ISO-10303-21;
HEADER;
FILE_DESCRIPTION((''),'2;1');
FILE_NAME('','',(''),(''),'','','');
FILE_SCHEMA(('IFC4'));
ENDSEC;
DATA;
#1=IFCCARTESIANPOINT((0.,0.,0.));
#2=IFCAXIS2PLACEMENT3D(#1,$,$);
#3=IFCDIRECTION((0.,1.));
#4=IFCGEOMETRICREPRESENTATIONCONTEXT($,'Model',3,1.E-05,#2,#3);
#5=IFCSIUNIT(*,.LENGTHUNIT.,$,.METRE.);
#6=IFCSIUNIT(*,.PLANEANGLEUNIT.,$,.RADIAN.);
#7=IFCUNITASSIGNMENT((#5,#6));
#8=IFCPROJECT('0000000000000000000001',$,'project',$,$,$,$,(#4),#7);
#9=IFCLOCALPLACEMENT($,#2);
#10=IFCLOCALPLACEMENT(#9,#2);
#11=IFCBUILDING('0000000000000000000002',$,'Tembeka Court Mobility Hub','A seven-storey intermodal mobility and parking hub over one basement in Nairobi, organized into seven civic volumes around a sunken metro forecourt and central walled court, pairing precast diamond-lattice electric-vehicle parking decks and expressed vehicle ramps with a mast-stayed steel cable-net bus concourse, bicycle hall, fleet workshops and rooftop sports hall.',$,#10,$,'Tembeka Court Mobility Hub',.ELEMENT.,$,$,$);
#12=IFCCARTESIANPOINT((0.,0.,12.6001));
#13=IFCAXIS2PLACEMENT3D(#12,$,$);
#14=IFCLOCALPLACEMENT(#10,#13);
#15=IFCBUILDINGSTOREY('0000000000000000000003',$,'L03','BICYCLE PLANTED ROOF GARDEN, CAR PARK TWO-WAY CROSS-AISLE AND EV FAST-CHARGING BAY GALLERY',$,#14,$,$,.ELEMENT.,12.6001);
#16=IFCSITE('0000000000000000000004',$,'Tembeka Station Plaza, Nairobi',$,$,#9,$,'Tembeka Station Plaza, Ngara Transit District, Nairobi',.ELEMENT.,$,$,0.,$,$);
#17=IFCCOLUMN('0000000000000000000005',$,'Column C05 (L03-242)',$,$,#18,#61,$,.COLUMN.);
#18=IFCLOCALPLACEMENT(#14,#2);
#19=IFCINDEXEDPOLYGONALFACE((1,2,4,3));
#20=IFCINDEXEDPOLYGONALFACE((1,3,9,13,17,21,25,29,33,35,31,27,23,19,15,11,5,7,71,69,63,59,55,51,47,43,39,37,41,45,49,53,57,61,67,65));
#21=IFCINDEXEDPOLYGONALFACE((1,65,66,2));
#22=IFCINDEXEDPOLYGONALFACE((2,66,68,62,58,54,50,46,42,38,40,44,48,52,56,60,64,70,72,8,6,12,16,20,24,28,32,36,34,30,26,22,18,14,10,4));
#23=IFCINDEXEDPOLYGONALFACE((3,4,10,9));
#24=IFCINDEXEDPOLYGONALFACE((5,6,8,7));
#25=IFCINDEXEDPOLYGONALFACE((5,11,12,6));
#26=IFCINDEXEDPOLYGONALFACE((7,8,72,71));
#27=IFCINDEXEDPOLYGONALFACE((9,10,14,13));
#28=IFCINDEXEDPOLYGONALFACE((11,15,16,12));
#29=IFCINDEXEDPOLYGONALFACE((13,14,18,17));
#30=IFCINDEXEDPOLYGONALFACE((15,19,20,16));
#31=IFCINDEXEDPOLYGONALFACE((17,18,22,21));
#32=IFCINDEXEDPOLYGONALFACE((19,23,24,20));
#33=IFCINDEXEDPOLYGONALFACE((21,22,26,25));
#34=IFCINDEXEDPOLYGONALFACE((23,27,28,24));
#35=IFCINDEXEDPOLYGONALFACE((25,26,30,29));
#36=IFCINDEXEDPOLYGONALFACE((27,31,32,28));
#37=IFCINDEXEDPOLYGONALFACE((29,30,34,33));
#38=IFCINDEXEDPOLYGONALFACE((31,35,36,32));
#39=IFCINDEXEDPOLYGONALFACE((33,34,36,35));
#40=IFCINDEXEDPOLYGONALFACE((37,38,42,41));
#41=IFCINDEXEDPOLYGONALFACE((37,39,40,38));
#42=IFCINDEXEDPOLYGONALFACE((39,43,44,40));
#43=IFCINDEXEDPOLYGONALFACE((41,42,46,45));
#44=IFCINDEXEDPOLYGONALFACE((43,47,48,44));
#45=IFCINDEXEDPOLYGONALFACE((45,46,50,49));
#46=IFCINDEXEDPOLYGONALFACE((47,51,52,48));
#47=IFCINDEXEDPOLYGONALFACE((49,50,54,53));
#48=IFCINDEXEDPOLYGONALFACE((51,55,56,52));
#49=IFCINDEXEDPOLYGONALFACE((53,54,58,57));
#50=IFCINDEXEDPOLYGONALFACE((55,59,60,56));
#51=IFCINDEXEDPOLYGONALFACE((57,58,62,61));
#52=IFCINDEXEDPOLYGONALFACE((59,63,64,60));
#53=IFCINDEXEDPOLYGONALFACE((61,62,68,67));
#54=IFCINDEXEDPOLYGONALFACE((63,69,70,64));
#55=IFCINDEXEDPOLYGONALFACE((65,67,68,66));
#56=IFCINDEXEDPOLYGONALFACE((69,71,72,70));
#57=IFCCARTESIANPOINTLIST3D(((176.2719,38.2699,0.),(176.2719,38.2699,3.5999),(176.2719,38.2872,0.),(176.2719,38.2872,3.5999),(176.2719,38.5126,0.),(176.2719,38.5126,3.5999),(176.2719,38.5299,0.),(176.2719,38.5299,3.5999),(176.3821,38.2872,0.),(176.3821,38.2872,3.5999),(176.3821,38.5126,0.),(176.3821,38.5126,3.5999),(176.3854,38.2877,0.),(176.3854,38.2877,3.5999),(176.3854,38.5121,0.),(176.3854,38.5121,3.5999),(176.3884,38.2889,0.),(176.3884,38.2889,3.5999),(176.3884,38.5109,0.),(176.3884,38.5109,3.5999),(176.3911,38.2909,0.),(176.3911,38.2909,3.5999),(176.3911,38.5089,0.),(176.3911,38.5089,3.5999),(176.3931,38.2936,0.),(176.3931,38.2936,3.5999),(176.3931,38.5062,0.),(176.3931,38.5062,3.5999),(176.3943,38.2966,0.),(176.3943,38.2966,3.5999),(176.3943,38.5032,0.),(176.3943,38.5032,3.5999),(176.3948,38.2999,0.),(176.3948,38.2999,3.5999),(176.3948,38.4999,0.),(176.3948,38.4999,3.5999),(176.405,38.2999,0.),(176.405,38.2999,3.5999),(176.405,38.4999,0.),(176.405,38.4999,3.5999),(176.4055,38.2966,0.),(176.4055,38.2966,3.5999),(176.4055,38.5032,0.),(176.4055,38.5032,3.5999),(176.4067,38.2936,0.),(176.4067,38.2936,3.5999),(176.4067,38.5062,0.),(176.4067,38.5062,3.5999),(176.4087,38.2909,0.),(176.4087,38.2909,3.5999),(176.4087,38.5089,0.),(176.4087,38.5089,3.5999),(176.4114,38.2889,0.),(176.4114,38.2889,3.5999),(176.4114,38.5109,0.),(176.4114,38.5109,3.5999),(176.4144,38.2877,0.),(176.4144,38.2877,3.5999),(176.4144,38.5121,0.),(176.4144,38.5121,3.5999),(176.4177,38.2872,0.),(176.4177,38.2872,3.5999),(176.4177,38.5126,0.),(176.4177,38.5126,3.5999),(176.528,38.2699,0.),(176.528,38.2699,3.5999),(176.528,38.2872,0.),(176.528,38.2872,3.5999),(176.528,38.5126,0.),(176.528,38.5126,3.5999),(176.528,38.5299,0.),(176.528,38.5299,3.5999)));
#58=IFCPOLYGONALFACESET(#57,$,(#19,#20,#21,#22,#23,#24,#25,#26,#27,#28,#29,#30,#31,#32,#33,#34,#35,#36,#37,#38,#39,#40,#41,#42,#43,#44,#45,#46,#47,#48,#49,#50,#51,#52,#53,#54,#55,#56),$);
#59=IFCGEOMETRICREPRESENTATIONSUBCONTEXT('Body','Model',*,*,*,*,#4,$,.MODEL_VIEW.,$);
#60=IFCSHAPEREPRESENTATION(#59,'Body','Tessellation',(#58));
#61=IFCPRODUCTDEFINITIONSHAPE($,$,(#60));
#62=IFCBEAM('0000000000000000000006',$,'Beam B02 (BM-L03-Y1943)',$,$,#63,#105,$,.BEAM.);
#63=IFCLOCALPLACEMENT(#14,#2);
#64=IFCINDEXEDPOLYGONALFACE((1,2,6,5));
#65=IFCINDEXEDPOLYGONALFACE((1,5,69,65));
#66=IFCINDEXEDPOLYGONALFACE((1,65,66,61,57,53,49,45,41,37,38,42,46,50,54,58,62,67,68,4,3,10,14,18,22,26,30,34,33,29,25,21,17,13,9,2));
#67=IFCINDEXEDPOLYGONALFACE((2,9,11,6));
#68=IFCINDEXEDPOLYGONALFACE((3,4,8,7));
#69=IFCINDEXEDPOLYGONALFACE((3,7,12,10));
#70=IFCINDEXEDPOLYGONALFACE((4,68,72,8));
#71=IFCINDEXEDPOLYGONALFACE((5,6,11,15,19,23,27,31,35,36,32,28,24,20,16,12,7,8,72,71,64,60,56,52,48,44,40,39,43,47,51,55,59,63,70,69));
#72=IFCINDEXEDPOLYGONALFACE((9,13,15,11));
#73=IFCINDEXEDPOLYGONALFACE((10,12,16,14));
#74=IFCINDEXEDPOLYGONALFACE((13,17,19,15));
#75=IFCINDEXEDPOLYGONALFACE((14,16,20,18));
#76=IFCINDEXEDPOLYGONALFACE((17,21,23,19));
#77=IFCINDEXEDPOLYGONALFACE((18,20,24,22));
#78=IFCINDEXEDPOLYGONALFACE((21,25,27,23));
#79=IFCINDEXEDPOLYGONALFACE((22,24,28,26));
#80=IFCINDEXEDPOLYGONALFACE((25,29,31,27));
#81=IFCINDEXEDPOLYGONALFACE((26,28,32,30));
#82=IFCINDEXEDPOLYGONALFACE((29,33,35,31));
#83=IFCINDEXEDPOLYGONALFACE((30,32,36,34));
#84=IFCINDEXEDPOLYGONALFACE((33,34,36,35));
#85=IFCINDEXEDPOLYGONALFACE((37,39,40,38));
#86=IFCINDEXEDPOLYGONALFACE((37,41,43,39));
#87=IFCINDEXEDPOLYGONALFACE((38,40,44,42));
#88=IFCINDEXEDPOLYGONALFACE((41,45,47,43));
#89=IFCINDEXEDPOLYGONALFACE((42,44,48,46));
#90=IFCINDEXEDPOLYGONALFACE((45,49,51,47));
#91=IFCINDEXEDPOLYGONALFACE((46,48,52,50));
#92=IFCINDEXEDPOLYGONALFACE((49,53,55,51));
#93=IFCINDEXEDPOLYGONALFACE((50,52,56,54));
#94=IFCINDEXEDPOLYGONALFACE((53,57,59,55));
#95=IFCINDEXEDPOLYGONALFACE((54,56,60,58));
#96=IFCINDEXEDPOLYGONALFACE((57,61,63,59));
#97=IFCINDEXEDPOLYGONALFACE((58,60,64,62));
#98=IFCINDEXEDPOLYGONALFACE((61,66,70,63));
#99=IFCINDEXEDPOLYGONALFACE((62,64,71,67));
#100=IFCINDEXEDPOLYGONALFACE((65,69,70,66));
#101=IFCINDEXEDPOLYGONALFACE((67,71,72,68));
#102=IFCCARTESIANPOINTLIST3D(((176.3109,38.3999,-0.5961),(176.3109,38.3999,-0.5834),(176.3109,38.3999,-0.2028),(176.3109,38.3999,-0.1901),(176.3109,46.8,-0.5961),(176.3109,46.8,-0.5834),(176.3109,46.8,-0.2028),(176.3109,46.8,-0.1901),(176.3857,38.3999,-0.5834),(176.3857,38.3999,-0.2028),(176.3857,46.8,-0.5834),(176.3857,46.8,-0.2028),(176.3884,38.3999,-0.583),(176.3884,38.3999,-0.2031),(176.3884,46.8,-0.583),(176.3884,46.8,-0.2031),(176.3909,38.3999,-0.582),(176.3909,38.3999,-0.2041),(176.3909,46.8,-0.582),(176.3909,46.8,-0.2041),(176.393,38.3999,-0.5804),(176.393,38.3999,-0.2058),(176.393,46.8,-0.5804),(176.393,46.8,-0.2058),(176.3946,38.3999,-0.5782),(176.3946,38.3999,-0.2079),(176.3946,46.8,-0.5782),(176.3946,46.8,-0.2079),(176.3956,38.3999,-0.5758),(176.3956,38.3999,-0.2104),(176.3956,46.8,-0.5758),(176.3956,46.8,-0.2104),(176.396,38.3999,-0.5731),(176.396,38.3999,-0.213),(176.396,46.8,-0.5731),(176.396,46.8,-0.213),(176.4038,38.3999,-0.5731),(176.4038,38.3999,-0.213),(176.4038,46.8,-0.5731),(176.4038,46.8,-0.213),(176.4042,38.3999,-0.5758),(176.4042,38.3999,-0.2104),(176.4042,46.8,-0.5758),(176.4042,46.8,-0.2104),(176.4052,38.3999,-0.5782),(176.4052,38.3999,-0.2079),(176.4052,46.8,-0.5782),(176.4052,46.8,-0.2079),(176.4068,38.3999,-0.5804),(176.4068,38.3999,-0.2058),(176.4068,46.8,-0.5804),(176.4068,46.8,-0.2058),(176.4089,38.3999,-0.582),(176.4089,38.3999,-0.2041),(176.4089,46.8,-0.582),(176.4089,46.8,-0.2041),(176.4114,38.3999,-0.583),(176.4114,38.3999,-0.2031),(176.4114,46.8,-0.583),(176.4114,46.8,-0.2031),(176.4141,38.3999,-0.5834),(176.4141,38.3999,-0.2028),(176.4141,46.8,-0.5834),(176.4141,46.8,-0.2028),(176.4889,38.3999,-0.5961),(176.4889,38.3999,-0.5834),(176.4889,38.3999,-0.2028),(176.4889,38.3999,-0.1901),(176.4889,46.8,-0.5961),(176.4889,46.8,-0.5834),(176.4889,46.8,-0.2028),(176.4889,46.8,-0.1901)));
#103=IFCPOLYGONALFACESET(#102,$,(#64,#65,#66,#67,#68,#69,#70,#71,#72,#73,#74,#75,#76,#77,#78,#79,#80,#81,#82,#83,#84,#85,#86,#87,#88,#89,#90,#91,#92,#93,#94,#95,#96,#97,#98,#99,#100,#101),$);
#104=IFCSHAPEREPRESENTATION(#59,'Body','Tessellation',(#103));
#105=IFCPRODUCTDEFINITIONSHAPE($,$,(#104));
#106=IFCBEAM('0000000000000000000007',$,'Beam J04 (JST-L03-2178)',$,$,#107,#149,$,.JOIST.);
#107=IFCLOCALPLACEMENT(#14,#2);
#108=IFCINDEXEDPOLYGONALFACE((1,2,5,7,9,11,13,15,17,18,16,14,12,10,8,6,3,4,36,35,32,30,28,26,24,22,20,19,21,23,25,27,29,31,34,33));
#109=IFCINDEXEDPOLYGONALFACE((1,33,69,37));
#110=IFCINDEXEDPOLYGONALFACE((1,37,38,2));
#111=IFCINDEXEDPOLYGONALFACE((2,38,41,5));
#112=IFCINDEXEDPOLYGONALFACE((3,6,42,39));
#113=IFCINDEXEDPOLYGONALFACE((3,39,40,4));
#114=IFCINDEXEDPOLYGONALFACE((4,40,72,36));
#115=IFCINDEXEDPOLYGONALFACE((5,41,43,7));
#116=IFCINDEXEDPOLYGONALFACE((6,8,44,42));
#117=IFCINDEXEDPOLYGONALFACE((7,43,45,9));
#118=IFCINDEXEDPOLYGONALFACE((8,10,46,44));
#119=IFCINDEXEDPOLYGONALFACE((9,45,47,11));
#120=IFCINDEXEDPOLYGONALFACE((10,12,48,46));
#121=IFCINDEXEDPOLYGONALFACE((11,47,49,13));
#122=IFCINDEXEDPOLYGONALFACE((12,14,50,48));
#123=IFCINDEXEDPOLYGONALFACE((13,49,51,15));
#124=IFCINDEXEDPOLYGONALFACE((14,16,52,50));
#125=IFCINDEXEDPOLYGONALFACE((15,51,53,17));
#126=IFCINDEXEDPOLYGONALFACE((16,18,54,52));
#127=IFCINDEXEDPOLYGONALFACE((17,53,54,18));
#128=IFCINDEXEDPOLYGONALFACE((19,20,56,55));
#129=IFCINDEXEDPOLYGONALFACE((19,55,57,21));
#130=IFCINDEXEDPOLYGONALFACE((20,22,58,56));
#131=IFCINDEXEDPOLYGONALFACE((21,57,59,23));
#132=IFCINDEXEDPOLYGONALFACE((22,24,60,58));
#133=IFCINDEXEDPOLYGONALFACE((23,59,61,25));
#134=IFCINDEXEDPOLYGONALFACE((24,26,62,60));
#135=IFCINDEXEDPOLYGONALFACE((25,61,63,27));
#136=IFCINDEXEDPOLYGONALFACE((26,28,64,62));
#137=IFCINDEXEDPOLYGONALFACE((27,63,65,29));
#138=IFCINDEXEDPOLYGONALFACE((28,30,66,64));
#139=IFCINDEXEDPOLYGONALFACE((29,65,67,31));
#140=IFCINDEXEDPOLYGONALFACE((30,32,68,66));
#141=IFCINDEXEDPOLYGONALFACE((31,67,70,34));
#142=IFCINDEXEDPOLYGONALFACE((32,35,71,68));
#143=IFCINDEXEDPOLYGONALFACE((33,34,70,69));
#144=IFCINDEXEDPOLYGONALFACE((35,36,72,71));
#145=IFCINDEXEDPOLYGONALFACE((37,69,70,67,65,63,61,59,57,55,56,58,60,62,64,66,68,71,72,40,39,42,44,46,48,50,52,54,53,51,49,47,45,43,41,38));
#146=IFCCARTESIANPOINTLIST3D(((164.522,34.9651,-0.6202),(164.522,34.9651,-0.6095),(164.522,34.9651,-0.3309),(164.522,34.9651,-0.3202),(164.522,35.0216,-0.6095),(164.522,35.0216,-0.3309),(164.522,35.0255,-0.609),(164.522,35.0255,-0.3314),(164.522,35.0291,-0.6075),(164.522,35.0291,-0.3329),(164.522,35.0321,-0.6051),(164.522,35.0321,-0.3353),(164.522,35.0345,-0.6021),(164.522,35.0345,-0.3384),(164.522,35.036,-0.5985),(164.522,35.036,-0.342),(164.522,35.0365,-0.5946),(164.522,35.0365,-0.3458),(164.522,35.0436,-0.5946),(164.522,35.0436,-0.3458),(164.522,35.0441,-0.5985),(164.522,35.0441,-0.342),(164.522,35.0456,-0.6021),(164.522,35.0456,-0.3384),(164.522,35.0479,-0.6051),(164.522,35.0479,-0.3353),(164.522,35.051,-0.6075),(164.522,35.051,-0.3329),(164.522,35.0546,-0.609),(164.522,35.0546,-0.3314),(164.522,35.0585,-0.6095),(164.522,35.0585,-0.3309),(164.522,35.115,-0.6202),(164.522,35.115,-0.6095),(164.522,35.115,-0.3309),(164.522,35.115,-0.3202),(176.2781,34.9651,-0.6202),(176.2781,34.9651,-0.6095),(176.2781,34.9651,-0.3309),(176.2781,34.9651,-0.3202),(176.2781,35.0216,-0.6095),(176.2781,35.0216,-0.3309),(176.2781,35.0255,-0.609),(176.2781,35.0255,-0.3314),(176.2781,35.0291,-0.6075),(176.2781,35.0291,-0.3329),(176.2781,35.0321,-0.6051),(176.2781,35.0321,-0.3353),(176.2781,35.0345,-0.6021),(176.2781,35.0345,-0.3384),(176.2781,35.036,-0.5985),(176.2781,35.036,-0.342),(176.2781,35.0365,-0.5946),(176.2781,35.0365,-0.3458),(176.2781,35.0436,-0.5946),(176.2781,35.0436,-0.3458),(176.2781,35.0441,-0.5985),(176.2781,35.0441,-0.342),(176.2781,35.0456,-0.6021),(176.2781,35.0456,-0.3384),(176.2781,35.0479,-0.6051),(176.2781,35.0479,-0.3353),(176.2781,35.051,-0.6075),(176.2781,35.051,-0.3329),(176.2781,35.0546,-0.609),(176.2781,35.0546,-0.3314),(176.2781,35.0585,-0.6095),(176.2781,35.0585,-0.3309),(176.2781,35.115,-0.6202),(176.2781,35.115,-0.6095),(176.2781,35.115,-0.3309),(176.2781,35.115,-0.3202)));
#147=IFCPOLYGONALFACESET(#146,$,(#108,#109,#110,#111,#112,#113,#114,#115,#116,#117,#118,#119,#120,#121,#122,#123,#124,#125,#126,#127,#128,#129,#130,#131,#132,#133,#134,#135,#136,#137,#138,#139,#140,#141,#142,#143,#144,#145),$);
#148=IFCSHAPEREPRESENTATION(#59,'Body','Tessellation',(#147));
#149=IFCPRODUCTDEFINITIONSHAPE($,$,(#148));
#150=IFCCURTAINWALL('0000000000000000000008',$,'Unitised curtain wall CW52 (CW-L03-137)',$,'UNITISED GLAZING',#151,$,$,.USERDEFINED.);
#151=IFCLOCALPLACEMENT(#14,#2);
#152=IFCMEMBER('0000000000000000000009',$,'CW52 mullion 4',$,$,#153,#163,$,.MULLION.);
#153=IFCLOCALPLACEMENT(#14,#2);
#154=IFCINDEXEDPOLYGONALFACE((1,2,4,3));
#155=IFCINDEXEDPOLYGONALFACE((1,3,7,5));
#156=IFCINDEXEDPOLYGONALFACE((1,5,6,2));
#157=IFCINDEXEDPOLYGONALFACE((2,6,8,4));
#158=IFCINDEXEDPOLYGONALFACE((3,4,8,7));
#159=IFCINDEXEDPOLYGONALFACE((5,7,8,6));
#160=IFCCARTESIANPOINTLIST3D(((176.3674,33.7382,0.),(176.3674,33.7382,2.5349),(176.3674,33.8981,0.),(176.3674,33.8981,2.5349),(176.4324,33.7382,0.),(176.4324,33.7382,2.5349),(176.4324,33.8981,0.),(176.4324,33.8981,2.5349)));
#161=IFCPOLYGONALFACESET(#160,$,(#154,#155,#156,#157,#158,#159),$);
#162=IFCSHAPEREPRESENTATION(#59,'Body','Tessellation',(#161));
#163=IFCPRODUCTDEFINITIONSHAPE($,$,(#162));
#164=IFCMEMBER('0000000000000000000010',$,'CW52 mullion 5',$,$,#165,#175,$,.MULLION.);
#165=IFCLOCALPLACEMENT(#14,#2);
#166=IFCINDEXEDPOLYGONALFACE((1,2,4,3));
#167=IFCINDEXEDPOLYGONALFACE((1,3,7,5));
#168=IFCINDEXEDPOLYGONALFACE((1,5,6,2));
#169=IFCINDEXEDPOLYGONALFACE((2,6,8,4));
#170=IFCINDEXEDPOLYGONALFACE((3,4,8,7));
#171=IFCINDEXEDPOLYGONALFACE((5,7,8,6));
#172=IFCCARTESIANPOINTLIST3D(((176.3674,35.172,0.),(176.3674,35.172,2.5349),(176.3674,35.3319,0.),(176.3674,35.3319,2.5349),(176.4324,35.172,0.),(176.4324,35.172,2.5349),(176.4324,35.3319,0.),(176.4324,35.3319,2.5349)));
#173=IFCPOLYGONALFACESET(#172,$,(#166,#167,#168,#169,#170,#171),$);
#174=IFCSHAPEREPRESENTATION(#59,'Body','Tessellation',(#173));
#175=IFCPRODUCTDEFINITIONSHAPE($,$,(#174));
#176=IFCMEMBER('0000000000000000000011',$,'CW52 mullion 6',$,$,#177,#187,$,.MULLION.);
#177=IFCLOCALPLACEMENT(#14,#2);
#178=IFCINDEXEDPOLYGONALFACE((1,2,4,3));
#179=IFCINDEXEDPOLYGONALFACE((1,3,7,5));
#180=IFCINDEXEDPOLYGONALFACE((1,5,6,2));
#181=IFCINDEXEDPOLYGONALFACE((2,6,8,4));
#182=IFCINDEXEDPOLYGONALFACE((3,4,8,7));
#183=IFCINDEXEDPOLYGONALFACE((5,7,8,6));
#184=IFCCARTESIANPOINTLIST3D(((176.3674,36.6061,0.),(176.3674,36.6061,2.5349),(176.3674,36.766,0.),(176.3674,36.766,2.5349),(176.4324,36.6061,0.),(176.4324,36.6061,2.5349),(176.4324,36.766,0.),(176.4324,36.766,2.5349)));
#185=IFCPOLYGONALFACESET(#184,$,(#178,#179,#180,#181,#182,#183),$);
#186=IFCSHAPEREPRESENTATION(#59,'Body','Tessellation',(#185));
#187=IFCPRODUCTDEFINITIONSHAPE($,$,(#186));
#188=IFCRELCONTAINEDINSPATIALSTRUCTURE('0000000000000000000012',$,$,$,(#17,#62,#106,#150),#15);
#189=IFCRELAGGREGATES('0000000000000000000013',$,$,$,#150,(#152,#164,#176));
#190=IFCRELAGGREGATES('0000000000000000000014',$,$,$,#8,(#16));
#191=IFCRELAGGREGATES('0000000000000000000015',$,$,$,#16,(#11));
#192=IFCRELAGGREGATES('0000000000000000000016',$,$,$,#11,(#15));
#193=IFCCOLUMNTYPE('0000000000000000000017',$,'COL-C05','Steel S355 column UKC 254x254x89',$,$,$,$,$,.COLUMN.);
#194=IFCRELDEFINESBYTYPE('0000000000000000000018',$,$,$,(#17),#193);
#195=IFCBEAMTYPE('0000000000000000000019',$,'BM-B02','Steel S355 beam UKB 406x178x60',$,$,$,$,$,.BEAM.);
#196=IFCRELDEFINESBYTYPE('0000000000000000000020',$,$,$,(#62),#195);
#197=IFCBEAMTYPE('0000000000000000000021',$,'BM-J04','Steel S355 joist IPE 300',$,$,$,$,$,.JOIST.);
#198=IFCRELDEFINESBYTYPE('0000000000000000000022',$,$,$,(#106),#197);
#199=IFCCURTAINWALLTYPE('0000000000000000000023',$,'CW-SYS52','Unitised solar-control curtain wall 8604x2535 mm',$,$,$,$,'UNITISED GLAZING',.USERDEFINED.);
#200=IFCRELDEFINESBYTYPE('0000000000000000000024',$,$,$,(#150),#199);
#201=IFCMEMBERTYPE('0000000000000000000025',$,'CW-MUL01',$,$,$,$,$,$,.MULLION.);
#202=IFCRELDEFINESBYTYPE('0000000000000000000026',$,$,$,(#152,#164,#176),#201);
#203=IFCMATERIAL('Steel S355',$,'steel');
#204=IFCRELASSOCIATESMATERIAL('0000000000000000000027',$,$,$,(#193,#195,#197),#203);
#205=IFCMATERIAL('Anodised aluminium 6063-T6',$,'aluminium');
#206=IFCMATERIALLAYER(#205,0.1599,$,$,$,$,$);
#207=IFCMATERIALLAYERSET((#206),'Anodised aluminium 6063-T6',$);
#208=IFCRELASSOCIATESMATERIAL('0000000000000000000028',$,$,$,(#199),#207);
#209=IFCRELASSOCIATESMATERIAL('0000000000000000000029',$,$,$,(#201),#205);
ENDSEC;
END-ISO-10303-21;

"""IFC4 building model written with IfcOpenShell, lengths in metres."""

from ifc_helpers import new_model, si_unit, direction, frame, origin, origin_2d, place, context, subcontext, project, spatial, rectangle, i_section, extrude, material, layer, layer_set, material_profile, profile_set, type_object, element, aggregate, save


model = new_model("IFC4")

# Units and contexts
model_context = context("Model", 3, precision=1e-05, world=origin(), true_north=direction((0.0, 1.0)))
body_context = subcontext(model_context, "Body", "Model", "MODEL_VIEW")
ifc_project = project(units=[si_unit("LENGTHUNIT", "METRE"), si_unit("PLANEANGLEUNIT", "RADIAN")], contexts=[model_context])

# Site, building, storey
site_placement = place(None, origin())
site = spatial("IfcSite", under=ifc_project, at=site_placement, Name="Tembeka Station Plaza, Nairobi", LongName="Tembeka Station Plaza, Ngara Transit District, Nairobi", CompositionType="ELEMENT", RefElevation=0.0)
building_placement = place(site_placement, origin())
building = spatial("IfcBuilding", under=site, at=building_placement, Name="Tembeka Court Mobility Hub", Description="A seven-storey intermodal mobility and parking hub over one basement in Nairobi, organized into seven civic volumes around a sunken metro forecourt and central walled court, pairing precast diamond-lattice electric-vehicle parking decks and expressed vehicle ramps with a mast-stayed steel cable-net bus concourse, bicycle hall, fleet workshops and rooftop sports hall.", LongName="Tembeka Court Mobility Hub", CompositionType="ELEMENT")
storey_placement = place(building_placement, frame((0.0, 0.0, 12.6001)))
storey = spatial("IfcBuildingStorey", under=building, at=storey_placement, Name="L03", Description="BICYCLE PLANTED ROOF GARDEN, CAR PARK TWO-WAY CROSS-AISLE AND EV FAST-CHARGING BAY GALLERY", CompositionType="ELEMENT", Elevation=12.6001)

# Column
ifc_material_1 = material(Name="Steel S355", Category="steel")
ifc_material_profile_1 = material_profile(ifc_material_1, i_section(OverallWidth=0.2561, OverallDepth=0.26, WebThickness=0.0103, FlangeThickness=0.0173, FilletRadius=0.0127, at=origin_2d()), Name="UKC 254x254x89")
ifc_profile_set_1 = profile_set([ifc_material_profile_1], Name="Steel S355")
column_type = type_object("IfcColumnType", Name="COL-C05", Description="Steel S355 column UKC 254x254x89", PredefinedType="COLUMN", material=ifc_profile_set_1)
column_placement = place(storey_placement, frame((176.3999, 38.3999, 0.0), z_axis=(0.0, 0.0, 1.0), x_axis=(1.0, 0.0, 0.0)))
element("IfcColumn", 1, at=column_placement, inside=storey, type_object=column_type, Name="Column C05 (L03-242)", PredefinedType="COLUMN", context=body_context, shape_type="SweptSolid", body=[
    extrude(i_section(OverallWidth=0.2561, OverallDepth=0.26, WebThickness=0.0103, FlangeThickness=0.0173, FilletRadius=0.0127, at=origin_2d()), origin(), (0.0, 0.0, 1.0), 3.5999),
])

# Beams
ifc_material_profile_2 = material_profile(ifc_material_1, i_section(OverallWidth=0.178, OverallDepth=0.406, WebThickness=0.0078, FlangeThickness=0.0127, FilletRadius=0.0103, at=origin_2d()), Name="UKB 406x178x60")
ifc_profile_set_2 = profile_set([ifc_material_profile_2], Name="Steel S355")
beam_type_1 = type_object("IfcBeamType", Name="BM-B02", Description="Steel S355 beam UKB 406x178x60", PredefinedType="BEAM", material=ifc_profile_set_2)
beam_1_placement = place(storey_placement, frame((176.3999, 38.3999, -0.3931), z_axis=(0.0, 1.0, 0.0), x_axis=(-1.0, 0.0, 0.0)))
element("IfcBeam", 2, at=beam_1_placement, inside=storey, type_object=beam_type_1, Name="Beam B02 (BM-L03-Y1943)", PredefinedType="BEAM", context=body_context, shape_type="SweptSolid", body=[
    extrude(i_section(OverallWidth=0.178, OverallDepth=0.406, WebThickness=0.0078, FlangeThickness=0.0127, FilletRadius=0.0103, at=origin_2d()), origin(), (0.0, 0.0, 1.0), 8.4001),
])
ifc_material_profile_3 = material_profile(ifc_material_1, i_section(OverallWidth=0.1499, OverallDepth=0.3, WebThickness=0.0071, FlangeThickness=0.0107, FilletRadius=0.0149, at=origin_2d()), Name="IPE 300")
ifc_profile_set_3 = profile_set([ifc_material_profile_3], Name="Steel S355")
beam_type_2 = type_object("IfcBeamType", Name="BM-J04", Description="Steel S355 joist IPE 300", PredefinedType="JOIST", material=ifc_profile_set_3)
beam_2_placement = place(storey_placement, frame((164.522, 35.04, -0.4702), z_axis=(1.0, 0.0, 0.0), x_axis=(0.0, 1.0, 0.0)))
element("IfcBeam", 3, at=beam_2_placement, inside=storey, type_object=beam_type_2, Name="Beam J04 (JST-L03-2178)", PredefinedType="JOIST", context=body_context, shape_type="SweptSolid", body=[
    extrude(i_section(OverallWidth=0.1499, OverallDepth=0.3, WebThickness=0.0071, FlangeThickness=0.0107, FilletRadius=0.0149, at=origin_2d()), origin(), (0.0, 0.0, 1.0), 11.7561),
])

# Curtain wall, members
ifc_material_2 = material(Name="Anodised aluminium 6063-T6", Category="aluminium")
ifc_layer_1 = layer(ifc_material_2, 0.1599)
ifc_layer_set_1 = layer_set([ifc_layer_1], Name="Anodised aluminium 6063-T6")
curtain_wall_type_1 = type_object("IfcCurtainWallType", Name="CW-SYS52", Description="Unitised solar-control curtain wall 8604x2535 mm", ElementType="UNITISED GLAZING", PredefinedType="USERDEFINED", material=ifc_layer_set_1)
curtain_wall_1_placement = place(storey_placement, origin())
curtain_wall_1 = element("IfcCurtainWall", 4, at=curtain_wall_1_placement, inside=storey, type_object=curtain_wall_type_1, Name="Unitised curtain wall CW52 (CW-L03-137)", ObjectType="UNITISED GLAZING", PredefinedType="USERDEFINED")
ifc_material_profile_4 = material_profile(ifc_material_2, rectangle(XDim=0.0649, YDim=0.1599, at=origin_2d()), Name="ALU-MUL 65x160")
ifc_profile_set_4 = profile_set([ifc_material_profile_4], Name="Anodised aluminium 6063-T6")
member_type_1 = type_object("IfcMemberType", Name="CW-MUL01", PredefinedType="MULLION", material=ifc_profile_set_4)
member_1_placement = place(storey_placement, frame((176.3999, 33.8181, 0.0), z_axis=(0.0, 0.0, 1.0), x_axis=(-1.0, 0.0, 0.0)))
member_1 = element("IfcMember", 5, at=member_1_placement, type_object=member_type_1, Name="CW52 mullion 4", PredefinedType="MULLION", context=body_context, shape_type="SweptSolid", body=[
    extrude(rectangle(XDim=0.0649, YDim=0.1599, at=origin_2d()), origin(), (0.0, 0.0, 1.0), 2.5349),
])
member_2_placement = place(storey_placement, frame((176.3999, 35.252, 0.0), z_axis=(0.0, 0.0, 1.0), x_axis=(-1.0, 0.0, 0.0)))
member_2 = element("IfcMember", 6, at=member_2_placement, type_object=member_type_1, Name="CW52 mullion 5", PredefinedType="MULLION", context=body_context, shape_type="SweptSolid", body=[
    extrude(rectangle(XDim=0.0649, YDim=0.1599, at=origin_2d()), origin(), (0.0, 0.0, 1.0), 2.5349),
])
member_3_placement = place(storey_placement, frame((176.3999, 36.686, 0.0), z_axis=(0.0, 0.0, 1.0), x_axis=(-1.0, 0.0, 0.0)))
member_3 = element("IfcMember", 7, at=member_3_placement, type_object=member_type_1, Name="CW52 mullion 6", PredefinedType="MULLION", context=body_context, shape_type="SweptSolid", body=[
    extrude(rectangle(XDim=0.0649, YDim=0.1599, at=origin_2d()), origin(), (0.0, 0.0, 1.0), 2.5349),
])

aggregate(curtain_wall_1, [member_1, member_2, member_3])

save(model, "model.ifc")
